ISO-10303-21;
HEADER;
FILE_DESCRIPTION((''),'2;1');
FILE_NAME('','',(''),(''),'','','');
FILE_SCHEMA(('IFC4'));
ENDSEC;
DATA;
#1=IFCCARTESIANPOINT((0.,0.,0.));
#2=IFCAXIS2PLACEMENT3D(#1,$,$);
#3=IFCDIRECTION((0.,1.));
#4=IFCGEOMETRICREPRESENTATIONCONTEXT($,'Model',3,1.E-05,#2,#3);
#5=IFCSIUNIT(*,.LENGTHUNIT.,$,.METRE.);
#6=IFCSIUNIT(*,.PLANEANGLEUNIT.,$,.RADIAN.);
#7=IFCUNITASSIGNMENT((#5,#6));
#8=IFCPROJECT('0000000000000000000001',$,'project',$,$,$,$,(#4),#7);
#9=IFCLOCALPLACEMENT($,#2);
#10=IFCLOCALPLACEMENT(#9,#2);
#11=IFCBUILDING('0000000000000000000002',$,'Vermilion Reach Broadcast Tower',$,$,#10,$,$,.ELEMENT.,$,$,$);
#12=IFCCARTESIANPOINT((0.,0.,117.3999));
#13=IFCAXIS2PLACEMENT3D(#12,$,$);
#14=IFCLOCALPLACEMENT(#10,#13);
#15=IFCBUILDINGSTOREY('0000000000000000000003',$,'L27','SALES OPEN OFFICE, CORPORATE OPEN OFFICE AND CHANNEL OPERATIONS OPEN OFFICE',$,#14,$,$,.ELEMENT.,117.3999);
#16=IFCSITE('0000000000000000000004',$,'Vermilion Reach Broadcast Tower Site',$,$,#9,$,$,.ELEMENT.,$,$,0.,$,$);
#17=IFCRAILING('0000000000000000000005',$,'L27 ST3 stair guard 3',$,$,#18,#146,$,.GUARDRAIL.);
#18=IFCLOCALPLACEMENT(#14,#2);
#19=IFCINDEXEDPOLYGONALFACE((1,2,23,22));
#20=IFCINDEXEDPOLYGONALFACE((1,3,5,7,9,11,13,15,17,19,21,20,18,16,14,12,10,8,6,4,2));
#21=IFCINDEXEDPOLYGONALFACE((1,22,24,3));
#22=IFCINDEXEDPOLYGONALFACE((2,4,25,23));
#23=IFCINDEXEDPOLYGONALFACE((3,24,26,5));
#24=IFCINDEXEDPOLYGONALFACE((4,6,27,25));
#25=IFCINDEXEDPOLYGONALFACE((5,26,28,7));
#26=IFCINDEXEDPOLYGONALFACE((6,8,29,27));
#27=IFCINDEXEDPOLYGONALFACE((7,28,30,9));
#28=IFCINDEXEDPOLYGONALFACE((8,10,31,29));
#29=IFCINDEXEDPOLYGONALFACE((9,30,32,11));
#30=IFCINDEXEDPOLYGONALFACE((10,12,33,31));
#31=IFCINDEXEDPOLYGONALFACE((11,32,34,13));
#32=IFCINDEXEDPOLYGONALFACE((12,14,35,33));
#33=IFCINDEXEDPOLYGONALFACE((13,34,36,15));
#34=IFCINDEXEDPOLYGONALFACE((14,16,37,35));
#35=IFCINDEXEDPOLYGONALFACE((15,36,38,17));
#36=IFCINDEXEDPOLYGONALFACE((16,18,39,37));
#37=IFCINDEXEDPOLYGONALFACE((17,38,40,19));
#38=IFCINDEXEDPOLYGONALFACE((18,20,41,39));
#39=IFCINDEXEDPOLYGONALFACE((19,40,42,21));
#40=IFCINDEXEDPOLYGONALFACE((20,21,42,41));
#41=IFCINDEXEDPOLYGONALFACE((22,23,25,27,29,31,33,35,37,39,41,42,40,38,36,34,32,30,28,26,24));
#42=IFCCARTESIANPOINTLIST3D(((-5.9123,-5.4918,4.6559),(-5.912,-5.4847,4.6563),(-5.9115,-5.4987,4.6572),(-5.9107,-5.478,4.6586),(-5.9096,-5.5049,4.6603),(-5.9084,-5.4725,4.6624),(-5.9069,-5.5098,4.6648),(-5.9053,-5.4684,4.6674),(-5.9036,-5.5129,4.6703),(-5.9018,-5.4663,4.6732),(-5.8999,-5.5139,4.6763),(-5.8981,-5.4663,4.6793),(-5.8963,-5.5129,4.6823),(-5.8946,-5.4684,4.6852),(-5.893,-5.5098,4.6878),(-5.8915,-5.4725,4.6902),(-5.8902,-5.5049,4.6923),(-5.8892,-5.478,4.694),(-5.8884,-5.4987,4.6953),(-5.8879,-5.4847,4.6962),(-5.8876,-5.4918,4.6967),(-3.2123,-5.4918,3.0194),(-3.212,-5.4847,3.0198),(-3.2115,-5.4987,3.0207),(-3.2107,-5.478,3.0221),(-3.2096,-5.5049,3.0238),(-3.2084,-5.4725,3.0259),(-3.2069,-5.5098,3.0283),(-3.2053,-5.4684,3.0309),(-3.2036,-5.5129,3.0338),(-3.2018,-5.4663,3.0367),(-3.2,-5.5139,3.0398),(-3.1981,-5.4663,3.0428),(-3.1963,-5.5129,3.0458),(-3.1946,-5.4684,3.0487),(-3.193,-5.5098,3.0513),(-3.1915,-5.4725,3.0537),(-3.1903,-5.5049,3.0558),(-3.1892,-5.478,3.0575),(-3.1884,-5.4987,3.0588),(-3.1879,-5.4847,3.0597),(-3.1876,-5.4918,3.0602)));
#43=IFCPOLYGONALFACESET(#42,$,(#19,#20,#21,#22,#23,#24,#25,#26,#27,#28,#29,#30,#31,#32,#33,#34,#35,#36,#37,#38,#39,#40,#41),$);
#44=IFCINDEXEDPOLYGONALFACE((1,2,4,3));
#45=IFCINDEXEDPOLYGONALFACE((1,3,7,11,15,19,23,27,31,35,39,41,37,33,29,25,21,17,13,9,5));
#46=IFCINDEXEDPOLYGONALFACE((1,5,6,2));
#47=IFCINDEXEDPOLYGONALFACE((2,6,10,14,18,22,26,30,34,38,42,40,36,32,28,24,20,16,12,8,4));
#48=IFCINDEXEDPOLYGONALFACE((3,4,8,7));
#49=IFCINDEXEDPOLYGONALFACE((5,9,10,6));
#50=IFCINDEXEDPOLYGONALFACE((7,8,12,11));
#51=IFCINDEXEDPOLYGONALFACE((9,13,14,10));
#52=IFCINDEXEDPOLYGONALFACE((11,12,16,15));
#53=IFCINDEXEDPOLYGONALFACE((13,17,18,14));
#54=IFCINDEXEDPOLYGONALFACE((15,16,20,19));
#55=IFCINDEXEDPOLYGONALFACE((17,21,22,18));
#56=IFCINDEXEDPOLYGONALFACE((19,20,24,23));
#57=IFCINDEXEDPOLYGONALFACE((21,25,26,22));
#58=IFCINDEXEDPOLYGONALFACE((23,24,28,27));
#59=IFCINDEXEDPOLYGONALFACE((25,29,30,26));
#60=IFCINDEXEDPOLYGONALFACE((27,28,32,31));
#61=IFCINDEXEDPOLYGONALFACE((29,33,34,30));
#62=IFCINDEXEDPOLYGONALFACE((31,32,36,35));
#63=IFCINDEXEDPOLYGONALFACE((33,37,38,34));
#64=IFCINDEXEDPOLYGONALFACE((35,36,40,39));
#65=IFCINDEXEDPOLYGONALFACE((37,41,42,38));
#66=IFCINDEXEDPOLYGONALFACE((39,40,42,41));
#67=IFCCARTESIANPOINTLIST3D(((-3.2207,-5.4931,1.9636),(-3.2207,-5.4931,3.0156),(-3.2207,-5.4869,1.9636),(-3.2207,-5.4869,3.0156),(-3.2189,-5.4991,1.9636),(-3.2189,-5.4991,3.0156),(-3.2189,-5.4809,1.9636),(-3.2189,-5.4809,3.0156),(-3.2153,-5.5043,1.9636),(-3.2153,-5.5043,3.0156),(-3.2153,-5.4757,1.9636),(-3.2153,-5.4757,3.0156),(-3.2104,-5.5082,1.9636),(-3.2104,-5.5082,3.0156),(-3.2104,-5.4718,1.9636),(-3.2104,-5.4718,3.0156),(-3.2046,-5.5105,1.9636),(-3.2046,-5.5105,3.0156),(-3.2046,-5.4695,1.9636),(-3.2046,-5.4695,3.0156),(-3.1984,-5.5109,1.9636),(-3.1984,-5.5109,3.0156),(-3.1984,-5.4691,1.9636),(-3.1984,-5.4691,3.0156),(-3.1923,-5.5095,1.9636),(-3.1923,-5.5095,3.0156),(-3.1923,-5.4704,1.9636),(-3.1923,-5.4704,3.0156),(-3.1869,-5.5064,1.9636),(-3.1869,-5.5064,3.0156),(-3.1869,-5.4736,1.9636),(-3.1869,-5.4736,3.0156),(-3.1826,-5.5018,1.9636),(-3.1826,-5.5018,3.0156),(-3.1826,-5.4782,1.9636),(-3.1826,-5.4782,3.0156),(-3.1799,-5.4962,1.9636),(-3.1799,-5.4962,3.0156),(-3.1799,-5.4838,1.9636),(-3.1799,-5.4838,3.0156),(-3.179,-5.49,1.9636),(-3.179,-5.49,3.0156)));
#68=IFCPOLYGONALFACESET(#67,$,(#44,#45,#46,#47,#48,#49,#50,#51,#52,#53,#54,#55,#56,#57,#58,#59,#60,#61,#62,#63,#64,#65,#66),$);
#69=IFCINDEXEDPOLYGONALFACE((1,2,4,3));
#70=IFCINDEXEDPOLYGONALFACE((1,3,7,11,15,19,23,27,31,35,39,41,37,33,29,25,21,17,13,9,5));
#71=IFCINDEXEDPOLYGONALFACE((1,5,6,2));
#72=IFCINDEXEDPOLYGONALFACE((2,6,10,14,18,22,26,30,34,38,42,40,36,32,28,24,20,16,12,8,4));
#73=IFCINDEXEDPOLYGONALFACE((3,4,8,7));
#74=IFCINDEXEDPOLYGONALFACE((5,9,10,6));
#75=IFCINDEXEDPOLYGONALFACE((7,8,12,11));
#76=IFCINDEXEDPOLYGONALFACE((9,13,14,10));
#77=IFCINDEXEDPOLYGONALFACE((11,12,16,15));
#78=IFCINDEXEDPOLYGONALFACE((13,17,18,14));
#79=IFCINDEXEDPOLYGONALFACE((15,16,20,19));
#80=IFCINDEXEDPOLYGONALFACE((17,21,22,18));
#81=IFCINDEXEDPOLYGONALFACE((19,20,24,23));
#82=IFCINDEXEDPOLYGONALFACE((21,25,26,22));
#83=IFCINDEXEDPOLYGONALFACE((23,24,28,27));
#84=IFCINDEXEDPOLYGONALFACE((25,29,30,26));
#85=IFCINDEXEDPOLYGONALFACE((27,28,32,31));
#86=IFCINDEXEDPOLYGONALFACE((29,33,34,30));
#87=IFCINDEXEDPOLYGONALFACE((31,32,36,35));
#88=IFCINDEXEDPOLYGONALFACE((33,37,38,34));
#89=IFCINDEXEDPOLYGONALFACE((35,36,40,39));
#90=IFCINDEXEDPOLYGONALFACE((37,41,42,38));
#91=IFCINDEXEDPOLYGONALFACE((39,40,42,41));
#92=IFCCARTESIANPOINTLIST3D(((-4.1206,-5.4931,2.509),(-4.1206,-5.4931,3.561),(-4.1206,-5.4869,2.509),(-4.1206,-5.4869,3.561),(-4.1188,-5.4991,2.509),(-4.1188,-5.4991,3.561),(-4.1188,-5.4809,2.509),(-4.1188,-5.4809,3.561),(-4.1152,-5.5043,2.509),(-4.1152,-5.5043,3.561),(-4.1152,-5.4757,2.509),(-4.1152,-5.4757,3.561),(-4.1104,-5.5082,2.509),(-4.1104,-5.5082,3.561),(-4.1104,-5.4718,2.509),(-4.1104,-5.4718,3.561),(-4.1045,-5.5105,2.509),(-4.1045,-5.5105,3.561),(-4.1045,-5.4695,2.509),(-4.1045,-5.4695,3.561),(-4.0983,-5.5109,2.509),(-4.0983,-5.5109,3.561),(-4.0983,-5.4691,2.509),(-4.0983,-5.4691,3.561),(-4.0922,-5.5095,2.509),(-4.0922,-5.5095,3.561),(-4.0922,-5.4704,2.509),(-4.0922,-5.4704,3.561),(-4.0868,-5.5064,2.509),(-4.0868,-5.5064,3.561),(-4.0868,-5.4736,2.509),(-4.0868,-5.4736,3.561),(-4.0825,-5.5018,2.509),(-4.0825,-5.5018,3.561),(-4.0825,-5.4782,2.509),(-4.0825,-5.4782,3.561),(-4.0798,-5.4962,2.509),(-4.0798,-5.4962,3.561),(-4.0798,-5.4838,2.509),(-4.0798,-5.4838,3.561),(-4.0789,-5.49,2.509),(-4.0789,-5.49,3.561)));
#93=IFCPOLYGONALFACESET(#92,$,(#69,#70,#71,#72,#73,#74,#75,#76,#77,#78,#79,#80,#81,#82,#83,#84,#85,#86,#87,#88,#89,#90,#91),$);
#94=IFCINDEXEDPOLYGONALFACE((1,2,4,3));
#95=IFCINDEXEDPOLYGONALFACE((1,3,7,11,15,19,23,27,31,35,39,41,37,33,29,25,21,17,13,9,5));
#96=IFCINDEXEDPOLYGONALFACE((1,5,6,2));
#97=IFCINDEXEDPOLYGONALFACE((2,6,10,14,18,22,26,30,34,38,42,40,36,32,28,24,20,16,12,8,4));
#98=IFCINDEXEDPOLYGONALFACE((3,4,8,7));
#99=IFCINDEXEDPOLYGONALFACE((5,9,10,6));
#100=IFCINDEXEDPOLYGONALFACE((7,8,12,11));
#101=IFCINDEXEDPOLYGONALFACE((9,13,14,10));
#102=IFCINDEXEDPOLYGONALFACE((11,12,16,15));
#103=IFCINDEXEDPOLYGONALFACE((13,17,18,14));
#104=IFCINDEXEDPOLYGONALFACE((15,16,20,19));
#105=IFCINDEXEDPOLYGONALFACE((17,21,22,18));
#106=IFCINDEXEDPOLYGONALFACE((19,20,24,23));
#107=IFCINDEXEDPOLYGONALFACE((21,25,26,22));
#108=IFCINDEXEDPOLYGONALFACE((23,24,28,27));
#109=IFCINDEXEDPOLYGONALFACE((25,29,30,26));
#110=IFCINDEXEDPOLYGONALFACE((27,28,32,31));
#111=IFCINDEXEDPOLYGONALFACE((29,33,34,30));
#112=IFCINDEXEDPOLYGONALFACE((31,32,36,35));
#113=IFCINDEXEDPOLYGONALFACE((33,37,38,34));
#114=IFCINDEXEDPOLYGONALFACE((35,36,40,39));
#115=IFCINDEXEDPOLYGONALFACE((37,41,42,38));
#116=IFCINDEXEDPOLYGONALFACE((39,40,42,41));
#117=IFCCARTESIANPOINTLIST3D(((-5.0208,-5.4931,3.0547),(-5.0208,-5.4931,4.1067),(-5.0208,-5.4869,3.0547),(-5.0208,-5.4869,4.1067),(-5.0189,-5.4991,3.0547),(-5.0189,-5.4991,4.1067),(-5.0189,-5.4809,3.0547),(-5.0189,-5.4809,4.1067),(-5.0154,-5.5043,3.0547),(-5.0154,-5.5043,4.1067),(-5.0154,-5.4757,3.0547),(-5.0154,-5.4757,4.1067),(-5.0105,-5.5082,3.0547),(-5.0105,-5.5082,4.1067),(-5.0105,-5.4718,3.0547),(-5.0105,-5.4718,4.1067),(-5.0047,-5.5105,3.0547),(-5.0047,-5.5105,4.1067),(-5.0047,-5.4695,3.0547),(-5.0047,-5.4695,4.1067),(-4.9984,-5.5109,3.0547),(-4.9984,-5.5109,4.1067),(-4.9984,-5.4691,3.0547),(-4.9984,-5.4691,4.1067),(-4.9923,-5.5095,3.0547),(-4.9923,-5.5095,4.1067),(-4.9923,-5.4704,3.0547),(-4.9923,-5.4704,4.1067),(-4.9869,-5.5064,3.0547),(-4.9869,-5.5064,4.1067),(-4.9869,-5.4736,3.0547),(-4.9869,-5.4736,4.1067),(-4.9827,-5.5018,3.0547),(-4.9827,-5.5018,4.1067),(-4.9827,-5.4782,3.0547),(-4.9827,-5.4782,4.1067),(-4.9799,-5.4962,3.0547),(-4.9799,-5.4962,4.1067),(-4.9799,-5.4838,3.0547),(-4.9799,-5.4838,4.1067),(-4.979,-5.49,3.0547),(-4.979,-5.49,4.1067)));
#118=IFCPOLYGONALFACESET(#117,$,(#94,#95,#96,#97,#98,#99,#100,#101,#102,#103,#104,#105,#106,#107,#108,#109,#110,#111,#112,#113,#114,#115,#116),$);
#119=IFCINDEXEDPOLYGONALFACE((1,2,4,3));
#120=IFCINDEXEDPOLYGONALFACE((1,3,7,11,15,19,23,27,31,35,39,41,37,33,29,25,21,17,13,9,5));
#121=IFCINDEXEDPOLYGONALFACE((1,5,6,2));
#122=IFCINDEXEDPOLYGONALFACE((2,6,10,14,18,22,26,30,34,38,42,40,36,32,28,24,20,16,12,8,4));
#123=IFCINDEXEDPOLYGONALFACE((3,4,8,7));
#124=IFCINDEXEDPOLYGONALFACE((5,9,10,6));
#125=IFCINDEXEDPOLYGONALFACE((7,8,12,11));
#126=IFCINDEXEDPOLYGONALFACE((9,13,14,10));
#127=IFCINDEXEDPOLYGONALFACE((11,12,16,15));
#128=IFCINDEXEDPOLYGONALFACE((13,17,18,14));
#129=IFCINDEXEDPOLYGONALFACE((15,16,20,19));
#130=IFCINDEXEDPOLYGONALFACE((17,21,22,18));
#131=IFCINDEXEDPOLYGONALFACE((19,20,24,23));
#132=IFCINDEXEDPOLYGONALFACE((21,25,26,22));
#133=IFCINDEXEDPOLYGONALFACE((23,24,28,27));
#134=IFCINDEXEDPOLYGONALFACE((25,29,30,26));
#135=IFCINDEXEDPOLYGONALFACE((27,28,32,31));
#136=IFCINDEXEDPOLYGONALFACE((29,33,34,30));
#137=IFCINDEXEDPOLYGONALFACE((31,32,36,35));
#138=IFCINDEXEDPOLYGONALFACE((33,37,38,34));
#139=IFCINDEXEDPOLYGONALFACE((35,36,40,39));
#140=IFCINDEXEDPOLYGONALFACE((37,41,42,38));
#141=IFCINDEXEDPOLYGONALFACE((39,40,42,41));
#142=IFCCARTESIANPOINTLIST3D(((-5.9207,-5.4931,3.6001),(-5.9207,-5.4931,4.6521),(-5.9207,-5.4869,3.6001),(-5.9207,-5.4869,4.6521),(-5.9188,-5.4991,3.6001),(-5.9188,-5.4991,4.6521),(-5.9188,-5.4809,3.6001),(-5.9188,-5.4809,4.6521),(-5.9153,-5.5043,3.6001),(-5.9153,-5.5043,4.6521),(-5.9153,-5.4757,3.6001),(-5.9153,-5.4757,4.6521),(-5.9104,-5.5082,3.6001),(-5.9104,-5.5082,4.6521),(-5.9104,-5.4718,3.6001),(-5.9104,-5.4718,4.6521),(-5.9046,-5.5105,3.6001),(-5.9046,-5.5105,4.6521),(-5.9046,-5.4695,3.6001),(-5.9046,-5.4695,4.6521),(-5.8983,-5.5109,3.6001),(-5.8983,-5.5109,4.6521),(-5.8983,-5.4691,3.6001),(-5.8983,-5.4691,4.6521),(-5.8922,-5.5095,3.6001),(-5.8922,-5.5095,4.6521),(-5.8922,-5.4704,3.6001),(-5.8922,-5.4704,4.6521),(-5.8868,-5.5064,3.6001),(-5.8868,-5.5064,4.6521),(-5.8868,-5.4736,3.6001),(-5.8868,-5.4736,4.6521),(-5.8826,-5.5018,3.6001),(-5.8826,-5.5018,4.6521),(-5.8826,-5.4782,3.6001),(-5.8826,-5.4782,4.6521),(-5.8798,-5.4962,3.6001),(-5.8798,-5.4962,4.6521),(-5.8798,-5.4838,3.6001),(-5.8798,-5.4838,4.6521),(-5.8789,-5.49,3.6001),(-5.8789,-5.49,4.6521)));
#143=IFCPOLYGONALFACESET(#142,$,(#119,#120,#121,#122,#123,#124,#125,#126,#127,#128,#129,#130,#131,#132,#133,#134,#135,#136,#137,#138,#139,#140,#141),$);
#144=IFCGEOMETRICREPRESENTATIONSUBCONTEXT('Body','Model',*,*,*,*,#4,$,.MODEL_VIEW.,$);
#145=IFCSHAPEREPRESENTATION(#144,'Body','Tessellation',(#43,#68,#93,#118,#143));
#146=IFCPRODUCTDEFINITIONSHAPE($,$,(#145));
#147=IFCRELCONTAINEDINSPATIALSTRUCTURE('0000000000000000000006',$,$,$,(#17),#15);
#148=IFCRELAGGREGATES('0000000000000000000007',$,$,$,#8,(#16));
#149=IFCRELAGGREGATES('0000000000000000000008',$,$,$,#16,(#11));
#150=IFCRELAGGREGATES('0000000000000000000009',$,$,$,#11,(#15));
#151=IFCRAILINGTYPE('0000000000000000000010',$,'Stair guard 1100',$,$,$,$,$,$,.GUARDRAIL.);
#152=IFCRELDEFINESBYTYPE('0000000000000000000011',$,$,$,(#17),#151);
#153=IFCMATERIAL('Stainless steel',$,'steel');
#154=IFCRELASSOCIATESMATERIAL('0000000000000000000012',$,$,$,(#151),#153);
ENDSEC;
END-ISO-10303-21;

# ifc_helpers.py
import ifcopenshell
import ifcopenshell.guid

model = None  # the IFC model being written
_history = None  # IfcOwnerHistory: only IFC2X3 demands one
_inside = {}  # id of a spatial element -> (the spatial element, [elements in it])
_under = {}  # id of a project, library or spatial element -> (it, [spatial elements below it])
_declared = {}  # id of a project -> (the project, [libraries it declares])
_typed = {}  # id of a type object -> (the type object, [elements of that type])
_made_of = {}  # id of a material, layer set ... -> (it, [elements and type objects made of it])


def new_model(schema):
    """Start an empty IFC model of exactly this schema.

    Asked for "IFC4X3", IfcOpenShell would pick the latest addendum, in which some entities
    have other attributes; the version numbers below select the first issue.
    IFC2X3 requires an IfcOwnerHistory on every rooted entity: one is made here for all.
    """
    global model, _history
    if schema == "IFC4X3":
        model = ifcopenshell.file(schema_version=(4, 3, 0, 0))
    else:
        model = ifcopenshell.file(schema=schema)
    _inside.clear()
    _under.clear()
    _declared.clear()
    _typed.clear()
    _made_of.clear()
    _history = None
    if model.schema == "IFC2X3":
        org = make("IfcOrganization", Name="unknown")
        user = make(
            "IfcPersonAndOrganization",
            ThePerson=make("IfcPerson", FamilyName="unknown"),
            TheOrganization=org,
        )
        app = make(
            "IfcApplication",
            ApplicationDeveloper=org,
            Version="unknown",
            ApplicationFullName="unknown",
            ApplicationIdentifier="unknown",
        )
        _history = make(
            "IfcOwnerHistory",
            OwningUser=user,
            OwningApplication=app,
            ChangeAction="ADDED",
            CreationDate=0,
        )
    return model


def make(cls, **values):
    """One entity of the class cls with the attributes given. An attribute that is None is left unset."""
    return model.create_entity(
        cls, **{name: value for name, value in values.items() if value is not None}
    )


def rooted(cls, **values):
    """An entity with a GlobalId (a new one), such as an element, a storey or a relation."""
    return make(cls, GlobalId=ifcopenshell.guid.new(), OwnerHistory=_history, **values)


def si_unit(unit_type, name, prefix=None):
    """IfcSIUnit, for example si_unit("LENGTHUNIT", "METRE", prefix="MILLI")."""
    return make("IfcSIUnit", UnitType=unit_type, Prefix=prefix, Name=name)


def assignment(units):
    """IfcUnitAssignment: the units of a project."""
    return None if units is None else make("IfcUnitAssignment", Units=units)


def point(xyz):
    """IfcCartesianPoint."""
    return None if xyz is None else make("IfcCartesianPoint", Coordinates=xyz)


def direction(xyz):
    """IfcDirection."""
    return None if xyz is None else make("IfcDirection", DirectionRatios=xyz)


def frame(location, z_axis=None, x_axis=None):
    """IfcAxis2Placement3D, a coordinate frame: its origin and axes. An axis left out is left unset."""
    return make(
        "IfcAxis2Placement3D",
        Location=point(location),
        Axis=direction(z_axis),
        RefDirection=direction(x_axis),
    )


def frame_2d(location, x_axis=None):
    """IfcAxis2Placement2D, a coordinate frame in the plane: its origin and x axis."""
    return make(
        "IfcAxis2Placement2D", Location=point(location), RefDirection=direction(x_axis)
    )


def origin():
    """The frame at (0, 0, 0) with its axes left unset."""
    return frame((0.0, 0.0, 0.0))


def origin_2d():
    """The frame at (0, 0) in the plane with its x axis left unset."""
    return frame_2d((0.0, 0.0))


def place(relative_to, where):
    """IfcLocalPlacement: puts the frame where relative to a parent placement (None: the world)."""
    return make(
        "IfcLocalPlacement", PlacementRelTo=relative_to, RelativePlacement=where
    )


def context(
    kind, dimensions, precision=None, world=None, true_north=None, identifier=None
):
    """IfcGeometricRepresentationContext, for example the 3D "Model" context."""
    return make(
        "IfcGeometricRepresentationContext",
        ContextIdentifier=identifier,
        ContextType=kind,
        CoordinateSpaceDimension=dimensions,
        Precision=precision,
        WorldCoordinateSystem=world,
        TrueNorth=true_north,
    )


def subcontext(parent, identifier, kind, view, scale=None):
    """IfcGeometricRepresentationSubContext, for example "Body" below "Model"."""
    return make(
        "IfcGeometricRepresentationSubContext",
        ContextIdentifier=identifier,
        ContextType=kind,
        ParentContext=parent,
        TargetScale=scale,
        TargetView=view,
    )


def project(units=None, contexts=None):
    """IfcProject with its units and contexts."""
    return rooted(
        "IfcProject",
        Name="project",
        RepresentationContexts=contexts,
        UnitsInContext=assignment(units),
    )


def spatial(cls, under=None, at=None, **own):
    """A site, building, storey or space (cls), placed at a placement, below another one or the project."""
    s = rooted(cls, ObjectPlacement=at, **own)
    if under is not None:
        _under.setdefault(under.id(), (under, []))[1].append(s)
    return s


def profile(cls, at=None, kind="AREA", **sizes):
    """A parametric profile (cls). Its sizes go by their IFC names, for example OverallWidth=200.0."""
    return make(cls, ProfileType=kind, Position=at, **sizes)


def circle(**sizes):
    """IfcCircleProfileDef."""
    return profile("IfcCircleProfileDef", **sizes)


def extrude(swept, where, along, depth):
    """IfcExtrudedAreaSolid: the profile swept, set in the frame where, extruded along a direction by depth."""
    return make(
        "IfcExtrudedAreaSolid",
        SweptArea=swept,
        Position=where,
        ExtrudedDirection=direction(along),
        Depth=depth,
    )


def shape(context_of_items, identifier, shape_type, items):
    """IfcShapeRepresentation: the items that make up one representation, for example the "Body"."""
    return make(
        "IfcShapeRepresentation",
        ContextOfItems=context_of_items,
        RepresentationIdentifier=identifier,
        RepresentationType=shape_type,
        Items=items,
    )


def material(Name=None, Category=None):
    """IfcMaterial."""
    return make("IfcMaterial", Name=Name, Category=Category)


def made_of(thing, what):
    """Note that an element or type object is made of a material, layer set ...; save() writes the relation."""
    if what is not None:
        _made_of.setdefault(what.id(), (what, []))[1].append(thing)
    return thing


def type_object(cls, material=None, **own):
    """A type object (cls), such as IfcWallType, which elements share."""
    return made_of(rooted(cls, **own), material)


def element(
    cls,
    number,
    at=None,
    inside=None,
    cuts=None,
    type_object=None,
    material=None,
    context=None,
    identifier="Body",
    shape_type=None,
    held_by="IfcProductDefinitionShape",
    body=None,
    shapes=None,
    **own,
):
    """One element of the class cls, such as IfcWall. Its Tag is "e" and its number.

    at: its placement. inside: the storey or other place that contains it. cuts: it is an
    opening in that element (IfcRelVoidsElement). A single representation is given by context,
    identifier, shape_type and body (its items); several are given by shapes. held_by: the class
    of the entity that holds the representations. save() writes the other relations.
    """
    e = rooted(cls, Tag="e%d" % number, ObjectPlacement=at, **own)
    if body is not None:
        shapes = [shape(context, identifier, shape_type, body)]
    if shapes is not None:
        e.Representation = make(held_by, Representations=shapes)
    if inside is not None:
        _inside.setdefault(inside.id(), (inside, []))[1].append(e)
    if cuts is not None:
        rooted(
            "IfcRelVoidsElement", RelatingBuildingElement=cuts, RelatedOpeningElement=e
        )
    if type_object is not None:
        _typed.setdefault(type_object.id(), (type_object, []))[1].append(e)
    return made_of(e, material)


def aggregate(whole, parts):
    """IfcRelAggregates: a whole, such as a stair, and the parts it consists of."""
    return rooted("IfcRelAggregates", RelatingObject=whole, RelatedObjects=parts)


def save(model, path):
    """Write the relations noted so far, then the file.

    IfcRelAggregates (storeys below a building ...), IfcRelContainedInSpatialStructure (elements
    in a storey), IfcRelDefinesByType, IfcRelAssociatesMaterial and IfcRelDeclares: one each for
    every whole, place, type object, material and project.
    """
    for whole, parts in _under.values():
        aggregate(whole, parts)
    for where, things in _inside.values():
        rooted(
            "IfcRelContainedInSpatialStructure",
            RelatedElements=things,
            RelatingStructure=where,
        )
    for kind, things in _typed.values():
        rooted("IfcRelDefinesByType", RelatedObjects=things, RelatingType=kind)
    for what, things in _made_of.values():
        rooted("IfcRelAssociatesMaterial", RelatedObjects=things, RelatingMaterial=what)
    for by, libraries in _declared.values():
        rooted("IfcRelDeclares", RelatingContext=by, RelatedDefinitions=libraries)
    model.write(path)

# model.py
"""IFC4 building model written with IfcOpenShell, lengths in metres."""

from ifc_helpers import new_model, si_unit, direction, frame, origin, origin_2d, place, context, subcontext, project, spatial, circle, extrude, material, type_object, element, save


model = new_model("IFC4")

# Units and contexts
model_context = context("Model", 3, precision=1e-05, world=origin(), true_north=direction((0.0, 1.0)))
body_context = subcontext(model_context, "Body", "Model", "MODEL_VIEW")
ifc_project = project(units=[si_unit("LENGTHUNIT", "METRE"), si_unit("PLANEANGLEUNIT", "RADIAN")], contexts=[model_context])

# Site, building, storey
site_placement = place(None, origin())
site = spatial("IfcSite", under=ifc_project, at=site_placement, Name="Vermilion Reach Broadcast Tower Site", CompositionType="ELEMENT", RefElevation=0.0)
building_placement = place(site_placement, origin())
building = spatial("IfcBuilding", under=site, at=building_placement, Name="Vermilion Reach Broadcast Tower", CompositionType="ELEMENT")
storey_placement = place(building_placement, frame((0.0, 0.0, 117.3999)))
storey = spatial("IfcBuildingStorey", under=building, at=storey_placement, Name="L27", Description="SALES OPEN OFFICE, CORPORATE OPEN OFFICE AND CHANNEL OPERATIONS OPEN OFFICE", CompositionType="ELEMENT", Elevation=117.3999)

# Railing
ifc_material_1 = material(Name="Stainless steel", Category="steel")
railing_type_1 = type_object("IfcRailingType", Name="Stair guard 1100", PredefinedType="GUARDRAIL", material=ifc_material_1)
railing_1_placement = place(storey_placement, frame((-3.2, -5.49, 1.9636)))
element("IfcRailing", 1, at=railing_1_placement, inside=storey, type_object=railing_type_1, Name="L27 ST3 stair guard 3", PredefinedType="GUARDRAIL", context=body_context, shape_type="SweptSolid", body=[
    extrude(circle(Radius=0.0239, at=origin_2d()), frame((0.0, 0.0, 1.0762), z_axis=(-0.855178, 0.0, 0.518334), x_axis=(0.0, -1.0, 0.0)), (0.0, 0.0, 1.0), 3.1572),
    extrude(circle(Radius=0.021, at=origin_2d()), origin(), (0.0, 0.0, 1.0), 1.052),
    extrude(circle(Radius=0.021, at=origin_2d()), frame((-0.8999, 0.0, 0.5454)), (0.0, 0.0, 1.0), 1.052),
    extrude(circle(Radius=0.021, at=origin_2d()), frame((-1.8, 0.0, 1.0911)), (0.0, 0.0, 1.0), 1.052),
    extrude(circle(Radius=0.021, at=origin_2d()), frame((-2.7, 0.0, 1.6365)), (0.0, 0.0, 1.0), 1.052),
])

save(model, "model.ifc")
